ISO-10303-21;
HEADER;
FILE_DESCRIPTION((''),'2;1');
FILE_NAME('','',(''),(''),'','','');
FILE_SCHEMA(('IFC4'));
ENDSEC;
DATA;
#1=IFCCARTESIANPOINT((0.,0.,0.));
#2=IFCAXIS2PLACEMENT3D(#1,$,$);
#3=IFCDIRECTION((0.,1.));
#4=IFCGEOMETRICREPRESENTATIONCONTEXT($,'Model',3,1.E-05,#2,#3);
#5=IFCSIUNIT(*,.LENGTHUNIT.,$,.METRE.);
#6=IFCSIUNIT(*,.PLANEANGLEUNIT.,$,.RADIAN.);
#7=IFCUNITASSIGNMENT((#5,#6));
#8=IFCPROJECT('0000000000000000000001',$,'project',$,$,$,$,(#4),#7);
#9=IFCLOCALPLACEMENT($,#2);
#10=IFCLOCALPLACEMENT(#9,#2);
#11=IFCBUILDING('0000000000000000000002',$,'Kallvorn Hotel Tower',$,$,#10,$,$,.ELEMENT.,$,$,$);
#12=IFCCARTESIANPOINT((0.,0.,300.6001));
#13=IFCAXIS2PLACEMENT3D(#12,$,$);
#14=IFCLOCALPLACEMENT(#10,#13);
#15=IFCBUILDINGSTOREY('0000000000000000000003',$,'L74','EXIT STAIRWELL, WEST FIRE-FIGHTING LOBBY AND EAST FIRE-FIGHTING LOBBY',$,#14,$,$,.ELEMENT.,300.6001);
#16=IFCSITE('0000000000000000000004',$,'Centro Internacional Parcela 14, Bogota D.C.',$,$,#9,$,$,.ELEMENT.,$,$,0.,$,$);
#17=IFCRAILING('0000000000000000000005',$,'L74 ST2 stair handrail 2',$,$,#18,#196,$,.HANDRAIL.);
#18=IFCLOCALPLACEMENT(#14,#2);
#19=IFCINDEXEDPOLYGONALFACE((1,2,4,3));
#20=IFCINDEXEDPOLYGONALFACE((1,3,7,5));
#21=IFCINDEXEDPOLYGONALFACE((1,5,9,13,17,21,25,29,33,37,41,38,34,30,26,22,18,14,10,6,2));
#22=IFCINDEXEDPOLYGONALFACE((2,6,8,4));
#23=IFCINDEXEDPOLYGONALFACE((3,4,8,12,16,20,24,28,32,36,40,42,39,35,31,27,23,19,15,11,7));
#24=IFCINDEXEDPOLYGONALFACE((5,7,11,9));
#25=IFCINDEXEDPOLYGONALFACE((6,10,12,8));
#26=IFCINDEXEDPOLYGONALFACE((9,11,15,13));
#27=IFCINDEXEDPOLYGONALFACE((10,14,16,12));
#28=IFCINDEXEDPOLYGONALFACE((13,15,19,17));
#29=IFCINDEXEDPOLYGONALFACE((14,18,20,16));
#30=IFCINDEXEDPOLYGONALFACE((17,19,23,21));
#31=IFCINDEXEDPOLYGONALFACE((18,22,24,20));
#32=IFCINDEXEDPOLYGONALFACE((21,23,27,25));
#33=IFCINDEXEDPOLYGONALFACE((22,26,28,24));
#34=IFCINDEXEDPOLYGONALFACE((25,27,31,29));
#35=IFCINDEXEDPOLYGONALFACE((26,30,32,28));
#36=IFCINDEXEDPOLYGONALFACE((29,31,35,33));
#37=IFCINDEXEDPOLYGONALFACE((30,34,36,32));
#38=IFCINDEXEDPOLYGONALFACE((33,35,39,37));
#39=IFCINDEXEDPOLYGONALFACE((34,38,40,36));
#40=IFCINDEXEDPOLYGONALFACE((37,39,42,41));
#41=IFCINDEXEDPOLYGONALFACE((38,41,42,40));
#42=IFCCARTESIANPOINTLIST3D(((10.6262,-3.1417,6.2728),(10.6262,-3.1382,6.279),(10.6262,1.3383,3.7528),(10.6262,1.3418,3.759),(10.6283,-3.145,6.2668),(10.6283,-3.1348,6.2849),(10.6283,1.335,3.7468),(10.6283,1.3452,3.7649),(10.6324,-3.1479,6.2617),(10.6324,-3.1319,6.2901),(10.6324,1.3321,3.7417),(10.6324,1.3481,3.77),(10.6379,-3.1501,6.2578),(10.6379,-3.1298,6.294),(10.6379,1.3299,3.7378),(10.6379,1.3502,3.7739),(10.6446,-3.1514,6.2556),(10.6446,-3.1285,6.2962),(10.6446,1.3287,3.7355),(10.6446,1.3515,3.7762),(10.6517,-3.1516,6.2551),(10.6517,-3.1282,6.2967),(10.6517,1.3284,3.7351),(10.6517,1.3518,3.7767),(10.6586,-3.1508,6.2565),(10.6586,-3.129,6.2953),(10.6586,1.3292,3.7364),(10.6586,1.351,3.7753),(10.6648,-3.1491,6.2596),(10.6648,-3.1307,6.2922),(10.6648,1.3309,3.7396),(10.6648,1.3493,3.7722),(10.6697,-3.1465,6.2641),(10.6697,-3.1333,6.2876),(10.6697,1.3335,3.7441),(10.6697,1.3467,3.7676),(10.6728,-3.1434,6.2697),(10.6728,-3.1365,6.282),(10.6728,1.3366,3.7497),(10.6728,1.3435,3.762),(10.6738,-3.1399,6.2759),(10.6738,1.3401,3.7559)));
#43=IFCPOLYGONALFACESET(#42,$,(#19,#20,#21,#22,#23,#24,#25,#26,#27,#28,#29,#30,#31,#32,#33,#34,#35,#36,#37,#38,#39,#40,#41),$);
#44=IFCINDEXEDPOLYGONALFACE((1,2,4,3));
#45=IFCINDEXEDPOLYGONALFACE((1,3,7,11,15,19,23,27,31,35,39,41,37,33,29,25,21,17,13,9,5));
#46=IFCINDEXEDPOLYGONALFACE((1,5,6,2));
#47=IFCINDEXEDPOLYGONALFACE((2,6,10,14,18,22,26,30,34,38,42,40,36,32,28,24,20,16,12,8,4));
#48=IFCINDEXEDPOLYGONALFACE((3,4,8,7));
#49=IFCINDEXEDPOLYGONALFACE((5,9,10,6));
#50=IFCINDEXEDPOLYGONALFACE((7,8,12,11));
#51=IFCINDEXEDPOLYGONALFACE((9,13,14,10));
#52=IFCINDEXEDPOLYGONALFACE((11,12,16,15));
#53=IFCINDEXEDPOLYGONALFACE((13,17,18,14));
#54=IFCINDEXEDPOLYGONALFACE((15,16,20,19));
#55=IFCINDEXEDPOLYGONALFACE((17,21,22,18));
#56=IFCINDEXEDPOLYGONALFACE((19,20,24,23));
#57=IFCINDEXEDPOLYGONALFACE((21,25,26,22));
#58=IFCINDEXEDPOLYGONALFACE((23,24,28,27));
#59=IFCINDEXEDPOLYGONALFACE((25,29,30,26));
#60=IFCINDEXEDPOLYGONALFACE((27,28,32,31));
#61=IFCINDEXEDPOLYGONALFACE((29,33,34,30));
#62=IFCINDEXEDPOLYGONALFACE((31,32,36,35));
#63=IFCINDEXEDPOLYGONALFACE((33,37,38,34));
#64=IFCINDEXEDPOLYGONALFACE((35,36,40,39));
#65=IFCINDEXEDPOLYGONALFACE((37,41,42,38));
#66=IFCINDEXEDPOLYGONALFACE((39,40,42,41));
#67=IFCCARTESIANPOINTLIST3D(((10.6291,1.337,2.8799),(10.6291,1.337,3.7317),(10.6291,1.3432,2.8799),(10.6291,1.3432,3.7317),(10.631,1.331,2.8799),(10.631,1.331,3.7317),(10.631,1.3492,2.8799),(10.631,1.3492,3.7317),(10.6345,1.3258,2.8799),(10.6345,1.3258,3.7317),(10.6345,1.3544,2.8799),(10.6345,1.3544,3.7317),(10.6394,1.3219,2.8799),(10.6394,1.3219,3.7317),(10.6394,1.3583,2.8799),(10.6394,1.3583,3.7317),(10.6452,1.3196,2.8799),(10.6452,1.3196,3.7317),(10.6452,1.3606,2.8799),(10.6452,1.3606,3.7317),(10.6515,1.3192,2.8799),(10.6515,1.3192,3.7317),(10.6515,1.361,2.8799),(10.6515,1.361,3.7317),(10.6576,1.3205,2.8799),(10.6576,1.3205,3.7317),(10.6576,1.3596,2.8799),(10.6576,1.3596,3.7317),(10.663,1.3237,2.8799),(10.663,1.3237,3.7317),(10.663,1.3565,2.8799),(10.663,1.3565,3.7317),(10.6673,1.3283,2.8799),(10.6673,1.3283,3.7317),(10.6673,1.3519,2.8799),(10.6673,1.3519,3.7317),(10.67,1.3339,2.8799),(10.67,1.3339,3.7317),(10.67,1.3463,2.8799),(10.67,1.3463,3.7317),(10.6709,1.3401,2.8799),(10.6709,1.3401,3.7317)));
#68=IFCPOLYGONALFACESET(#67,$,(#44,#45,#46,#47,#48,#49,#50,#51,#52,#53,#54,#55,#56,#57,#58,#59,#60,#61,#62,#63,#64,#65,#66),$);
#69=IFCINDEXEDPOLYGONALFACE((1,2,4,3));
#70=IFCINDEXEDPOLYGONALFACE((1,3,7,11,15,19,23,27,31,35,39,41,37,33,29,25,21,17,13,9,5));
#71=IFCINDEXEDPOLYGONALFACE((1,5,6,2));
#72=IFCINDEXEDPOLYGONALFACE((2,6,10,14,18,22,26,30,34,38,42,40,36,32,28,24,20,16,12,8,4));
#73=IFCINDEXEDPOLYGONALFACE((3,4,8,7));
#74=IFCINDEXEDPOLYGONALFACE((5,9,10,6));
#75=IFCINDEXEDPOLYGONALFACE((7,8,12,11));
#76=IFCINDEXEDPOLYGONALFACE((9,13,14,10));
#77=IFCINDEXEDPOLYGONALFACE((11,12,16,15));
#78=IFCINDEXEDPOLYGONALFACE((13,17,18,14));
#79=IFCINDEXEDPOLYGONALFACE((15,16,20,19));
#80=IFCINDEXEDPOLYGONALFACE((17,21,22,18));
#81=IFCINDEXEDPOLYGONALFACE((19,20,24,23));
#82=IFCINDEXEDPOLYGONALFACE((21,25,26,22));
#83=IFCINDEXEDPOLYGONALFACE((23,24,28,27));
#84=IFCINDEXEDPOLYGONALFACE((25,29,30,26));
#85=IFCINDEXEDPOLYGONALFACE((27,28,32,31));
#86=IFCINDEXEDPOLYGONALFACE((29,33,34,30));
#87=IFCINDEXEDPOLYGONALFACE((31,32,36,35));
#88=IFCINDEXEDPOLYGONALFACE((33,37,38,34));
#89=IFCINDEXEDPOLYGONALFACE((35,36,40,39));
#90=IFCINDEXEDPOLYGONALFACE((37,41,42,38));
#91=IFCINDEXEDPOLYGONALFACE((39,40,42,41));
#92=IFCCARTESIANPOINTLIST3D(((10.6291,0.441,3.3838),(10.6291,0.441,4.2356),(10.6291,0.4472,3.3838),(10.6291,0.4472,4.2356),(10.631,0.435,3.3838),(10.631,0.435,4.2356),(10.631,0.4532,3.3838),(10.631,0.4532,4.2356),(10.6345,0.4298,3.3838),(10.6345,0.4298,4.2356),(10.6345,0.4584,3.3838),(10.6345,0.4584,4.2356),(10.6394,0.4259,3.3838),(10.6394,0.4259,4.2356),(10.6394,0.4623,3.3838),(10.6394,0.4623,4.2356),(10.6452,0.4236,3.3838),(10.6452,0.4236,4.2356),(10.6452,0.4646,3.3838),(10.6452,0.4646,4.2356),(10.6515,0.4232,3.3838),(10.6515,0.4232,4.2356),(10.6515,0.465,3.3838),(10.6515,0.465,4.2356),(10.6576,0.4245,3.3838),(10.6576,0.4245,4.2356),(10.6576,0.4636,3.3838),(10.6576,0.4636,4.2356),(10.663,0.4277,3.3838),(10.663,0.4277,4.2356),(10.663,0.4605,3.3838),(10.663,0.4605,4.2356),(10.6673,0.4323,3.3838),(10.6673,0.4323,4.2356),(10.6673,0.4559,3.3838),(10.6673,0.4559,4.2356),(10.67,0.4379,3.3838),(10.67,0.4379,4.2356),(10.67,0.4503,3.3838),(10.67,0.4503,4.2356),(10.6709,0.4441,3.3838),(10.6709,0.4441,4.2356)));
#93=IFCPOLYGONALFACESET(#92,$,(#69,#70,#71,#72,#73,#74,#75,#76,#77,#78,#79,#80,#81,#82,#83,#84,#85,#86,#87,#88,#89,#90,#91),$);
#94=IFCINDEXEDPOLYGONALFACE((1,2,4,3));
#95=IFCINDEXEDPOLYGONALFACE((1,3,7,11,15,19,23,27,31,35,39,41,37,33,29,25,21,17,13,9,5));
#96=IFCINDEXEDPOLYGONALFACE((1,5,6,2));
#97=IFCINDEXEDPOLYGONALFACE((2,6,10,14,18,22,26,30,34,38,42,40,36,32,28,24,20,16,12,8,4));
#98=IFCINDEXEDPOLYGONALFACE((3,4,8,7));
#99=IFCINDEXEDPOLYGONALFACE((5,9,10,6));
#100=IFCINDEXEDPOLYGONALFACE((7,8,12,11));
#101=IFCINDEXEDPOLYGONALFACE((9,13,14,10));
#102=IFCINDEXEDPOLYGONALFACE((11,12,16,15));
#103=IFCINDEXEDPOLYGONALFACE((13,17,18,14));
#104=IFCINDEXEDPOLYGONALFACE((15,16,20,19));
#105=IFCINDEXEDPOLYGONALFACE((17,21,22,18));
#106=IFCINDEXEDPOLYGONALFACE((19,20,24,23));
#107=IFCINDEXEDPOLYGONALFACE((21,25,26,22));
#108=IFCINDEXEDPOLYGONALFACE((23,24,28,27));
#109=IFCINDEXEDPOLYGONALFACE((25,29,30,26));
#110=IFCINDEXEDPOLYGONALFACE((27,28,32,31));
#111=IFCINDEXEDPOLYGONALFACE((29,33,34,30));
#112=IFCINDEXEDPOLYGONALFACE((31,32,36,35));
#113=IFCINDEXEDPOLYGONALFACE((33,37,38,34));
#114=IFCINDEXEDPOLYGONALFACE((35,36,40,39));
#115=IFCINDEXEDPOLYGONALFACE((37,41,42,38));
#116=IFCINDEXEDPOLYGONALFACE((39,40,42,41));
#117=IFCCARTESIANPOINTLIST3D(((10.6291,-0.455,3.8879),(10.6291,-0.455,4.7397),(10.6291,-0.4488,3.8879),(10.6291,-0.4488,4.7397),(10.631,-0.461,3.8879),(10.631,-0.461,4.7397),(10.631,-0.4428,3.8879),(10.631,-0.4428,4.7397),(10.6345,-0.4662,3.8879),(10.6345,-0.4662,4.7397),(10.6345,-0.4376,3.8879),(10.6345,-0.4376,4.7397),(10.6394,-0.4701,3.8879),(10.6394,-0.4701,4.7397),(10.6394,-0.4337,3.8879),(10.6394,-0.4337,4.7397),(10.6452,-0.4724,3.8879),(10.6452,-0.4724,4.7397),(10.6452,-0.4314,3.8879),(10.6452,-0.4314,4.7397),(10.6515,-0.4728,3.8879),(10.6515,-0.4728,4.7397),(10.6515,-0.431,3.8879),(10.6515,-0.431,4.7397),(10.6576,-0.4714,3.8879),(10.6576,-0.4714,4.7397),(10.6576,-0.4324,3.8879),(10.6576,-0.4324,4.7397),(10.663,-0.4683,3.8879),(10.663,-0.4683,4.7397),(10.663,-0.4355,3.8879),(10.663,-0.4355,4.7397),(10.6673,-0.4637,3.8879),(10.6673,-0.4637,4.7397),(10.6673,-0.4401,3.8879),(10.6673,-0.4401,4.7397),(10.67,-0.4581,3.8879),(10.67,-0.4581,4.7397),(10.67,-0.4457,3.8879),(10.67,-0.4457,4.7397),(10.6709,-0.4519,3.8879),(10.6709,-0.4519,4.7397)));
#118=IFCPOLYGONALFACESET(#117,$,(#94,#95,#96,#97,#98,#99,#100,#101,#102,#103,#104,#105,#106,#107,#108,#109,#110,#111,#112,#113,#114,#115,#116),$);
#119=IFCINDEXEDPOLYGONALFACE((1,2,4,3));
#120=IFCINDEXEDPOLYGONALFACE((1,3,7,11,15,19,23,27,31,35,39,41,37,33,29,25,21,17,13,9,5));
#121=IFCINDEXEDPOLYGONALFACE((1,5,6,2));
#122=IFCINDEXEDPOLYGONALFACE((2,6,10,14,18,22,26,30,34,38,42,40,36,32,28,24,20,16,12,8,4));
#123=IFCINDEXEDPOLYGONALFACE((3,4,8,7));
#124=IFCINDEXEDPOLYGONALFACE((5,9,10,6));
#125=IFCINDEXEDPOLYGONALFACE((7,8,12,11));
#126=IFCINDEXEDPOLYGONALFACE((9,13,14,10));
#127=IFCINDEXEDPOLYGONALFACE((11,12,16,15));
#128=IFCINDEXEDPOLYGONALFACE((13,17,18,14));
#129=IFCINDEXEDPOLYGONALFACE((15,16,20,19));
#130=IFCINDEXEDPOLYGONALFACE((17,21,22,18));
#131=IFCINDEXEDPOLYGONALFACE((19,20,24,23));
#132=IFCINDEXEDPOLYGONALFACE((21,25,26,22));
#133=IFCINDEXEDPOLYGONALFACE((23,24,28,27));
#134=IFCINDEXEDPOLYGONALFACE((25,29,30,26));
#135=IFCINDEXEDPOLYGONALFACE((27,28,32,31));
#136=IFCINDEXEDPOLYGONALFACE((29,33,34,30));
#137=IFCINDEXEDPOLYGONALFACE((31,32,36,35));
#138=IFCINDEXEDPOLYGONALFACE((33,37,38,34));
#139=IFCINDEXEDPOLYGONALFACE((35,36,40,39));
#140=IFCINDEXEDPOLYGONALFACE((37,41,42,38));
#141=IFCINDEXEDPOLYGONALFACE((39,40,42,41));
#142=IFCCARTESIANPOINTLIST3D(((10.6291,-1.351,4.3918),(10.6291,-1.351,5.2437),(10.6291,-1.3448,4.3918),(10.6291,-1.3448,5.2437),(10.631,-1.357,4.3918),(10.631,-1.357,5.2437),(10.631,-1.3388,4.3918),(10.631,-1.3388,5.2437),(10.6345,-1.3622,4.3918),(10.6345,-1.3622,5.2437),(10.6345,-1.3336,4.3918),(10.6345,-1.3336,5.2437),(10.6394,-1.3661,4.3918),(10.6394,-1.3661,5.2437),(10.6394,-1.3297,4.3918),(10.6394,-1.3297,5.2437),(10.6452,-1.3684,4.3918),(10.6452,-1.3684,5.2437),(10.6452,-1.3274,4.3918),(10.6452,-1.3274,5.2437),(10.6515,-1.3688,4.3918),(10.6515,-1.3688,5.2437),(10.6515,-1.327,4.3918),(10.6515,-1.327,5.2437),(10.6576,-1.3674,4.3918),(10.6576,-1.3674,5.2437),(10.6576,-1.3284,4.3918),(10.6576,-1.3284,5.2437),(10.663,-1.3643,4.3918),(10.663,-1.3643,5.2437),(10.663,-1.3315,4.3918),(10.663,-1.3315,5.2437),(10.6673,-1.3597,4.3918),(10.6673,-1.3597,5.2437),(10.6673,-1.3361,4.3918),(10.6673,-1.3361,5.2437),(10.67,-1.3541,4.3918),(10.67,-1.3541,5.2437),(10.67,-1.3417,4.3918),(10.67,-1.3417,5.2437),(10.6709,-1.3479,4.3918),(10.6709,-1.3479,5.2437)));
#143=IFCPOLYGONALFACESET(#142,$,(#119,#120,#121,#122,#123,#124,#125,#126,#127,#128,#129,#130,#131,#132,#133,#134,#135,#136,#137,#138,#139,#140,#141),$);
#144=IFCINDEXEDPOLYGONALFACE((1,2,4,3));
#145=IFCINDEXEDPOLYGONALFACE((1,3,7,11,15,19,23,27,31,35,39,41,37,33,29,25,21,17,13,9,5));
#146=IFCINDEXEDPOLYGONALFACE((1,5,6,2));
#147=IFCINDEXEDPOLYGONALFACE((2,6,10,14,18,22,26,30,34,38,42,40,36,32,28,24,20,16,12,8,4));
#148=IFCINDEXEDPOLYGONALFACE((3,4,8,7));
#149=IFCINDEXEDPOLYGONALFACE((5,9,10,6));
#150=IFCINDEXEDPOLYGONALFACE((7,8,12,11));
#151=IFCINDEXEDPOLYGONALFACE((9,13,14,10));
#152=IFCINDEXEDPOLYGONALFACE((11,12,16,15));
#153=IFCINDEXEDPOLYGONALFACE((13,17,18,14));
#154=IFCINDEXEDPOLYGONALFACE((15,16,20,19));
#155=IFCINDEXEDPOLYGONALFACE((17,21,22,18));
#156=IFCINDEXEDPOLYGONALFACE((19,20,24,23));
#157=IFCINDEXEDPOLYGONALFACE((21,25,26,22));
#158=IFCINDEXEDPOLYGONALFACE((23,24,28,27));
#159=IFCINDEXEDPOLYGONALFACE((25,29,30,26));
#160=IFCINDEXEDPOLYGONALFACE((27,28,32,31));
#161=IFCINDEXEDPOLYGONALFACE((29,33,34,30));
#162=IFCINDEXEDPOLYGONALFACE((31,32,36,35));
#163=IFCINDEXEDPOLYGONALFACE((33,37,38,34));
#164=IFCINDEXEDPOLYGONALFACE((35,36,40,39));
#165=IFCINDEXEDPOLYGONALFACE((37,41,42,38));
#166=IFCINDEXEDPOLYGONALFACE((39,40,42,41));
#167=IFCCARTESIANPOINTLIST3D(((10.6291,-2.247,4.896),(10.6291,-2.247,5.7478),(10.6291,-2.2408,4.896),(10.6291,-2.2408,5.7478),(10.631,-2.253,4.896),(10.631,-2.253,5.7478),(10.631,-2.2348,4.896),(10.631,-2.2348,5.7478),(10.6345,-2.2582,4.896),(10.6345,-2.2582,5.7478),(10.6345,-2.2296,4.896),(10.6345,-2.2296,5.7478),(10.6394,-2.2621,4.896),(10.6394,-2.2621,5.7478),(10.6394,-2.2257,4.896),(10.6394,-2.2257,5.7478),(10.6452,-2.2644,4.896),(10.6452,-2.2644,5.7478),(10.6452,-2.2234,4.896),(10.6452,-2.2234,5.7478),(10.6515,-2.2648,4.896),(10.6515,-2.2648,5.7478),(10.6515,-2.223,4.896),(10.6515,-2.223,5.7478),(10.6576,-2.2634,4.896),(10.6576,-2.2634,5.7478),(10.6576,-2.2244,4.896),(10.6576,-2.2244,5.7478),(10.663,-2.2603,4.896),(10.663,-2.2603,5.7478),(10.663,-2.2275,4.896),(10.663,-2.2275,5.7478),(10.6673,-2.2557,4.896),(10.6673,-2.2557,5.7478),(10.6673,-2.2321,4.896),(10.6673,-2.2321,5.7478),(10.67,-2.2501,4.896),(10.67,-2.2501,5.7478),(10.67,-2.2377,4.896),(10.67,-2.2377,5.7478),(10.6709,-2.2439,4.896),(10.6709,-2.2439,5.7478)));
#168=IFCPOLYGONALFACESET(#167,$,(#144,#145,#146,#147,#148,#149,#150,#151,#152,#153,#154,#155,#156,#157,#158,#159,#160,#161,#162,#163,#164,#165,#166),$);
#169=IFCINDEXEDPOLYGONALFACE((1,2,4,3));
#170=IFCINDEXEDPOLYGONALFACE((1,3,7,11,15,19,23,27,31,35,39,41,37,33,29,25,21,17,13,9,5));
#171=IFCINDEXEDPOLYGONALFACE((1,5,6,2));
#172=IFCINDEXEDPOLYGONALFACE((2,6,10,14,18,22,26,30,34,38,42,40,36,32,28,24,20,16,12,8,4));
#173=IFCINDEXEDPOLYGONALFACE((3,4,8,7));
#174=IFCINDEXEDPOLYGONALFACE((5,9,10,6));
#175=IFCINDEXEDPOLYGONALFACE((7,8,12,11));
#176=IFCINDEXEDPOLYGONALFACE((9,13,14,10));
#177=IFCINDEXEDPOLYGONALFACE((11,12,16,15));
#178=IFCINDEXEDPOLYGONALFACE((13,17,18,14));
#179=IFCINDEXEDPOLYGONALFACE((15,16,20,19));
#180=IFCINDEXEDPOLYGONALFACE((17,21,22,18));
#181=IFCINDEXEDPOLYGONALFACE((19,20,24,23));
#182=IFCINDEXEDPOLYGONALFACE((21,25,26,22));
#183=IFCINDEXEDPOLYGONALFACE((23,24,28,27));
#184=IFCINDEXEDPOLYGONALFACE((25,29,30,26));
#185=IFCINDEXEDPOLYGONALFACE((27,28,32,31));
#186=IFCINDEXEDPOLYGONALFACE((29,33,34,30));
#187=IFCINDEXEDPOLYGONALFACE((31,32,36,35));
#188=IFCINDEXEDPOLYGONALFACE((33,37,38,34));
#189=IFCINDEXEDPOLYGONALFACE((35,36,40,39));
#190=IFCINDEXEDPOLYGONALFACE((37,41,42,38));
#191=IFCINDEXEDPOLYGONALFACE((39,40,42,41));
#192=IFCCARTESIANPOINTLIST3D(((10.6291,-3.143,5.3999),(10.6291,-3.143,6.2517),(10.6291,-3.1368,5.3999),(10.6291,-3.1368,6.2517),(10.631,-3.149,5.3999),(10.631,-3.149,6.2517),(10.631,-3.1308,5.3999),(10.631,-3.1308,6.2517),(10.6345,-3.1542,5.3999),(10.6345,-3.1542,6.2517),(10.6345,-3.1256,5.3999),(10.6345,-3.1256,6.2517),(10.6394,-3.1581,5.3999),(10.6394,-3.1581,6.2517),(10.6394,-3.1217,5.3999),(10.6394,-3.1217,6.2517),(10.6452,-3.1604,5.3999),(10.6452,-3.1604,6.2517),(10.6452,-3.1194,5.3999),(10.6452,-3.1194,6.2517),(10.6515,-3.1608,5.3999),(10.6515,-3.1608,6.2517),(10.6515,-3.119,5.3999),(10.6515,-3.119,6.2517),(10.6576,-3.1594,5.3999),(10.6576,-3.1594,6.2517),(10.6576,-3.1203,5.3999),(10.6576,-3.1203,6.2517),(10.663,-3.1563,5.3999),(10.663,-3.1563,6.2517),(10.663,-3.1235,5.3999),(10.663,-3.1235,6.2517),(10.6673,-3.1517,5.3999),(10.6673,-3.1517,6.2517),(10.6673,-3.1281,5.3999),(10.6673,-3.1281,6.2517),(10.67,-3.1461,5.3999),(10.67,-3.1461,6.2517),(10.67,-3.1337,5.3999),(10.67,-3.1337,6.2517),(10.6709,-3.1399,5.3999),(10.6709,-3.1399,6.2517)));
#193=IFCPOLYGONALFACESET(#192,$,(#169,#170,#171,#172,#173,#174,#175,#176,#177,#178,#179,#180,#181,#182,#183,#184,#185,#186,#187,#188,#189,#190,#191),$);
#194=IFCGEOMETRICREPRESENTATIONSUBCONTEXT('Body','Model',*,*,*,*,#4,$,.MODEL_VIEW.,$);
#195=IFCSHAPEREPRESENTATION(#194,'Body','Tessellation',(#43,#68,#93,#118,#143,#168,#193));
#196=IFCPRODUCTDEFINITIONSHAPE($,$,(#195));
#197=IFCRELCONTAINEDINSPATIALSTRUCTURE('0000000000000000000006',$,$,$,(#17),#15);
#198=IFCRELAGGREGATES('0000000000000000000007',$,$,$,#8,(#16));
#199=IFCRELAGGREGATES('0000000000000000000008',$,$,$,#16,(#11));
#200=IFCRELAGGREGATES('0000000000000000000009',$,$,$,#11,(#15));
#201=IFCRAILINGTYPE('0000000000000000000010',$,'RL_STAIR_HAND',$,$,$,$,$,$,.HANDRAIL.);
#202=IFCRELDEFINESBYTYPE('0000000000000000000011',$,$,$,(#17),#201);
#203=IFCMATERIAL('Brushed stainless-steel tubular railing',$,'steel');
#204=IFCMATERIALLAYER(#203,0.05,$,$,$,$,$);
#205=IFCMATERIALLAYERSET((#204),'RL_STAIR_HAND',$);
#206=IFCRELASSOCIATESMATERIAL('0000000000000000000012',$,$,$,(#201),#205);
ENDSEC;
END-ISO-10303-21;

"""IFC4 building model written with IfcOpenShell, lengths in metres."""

from ifc_helpers import new_model, si_unit, direction, frame, origin, origin_2d, place, context, subcontext, project, spatial, circle, extrude, material, layer, layer_set, type_object, element, save


model = new_model("IFC4")

# Units and contexts
model_context = context("Model", 3, precision=1e-05, world=origin(), true_north=direction((0.0, 1.0)))
body_context = subcontext(model_context, "Body", "Model", "MODEL_VIEW")
ifc_project = project(units=[si_unit("LENGTHUNIT", "METRE"), si_unit("PLANEANGLEUNIT", "RADIAN")], contexts=[model_context])

# Site, building, storey
site_placement = place(None, origin())
site = spatial("IfcSite", under=ifc_project, at=site_placement, Name="Centro Internacional Parcela 14, Bogota D.C.", CompositionType="ELEMENT", RefElevation=0.0)
building_placement = place(site_placement, origin())
building = spatial("IfcBuilding", under=site, at=building_placement, Name="Kallvorn Hotel Tower", CompositionType="ELEMENT")
storey_placement = place(building_placement, frame((0.0, 0.0, 300.6001)))
storey = spatial("IfcBuildingStorey", under=building, at=storey_placement, Name="L74", Description="EXIT STAIRWELL, WEST FIRE-FIGHTING LOBBY AND EAST FIRE-FIGHTING LOBBY", CompositionType="ELEMENT", Elevation=300.6001)

# Railing
ifc_material_1 = material(Name="Brushed stainless-steel tubular railing", Category="steel")
ifc_layer_1 = layer(ifc_material_1, 0.05)
ifc_layer_set_1 = layer_set([ifc_layer_1], Name="RL_STAIR_HAND")
railing_type_1 = type_object("IfcRailingType", Name="RL_STAIR_HAND", PredefinedType="HANDRAIL", material=ifc_layer_set_1)
railing_1_placement = place(storey_placement, frame((10.6499, 1.3401, 2.8799)))
element("IfcRailing", 1, at=railing_1_placement, inside=storey, type_object=railing_type_1, Name="L74 ST2 stair handrail 2", PredefinedType="HANDRAIL", context=body_context, shape_type="SweptSolid", body=[
    extrude(circle(Radius=0.0239, at=origin_2d()), frame((0.0, 0.0, 0.876), z_axis=(0.0, -0.871573, 0.490266), x_axis=(1.0, 0.0, 0.0)), (0.0, 0.0, 1.0), 5.1401),
    extrude(circle(Radius=0.021, at=origin_2d()), origin(), (0.0, 0.0, 1.0), 0.8518),
    extrude(circle(Radius=0.021, at=origin_2d()), frame((0.0, -0.896, 0.5039)), (0.0, 0.0, 1.0), 0.8518),
    extrude(circle(Radius=0.021, at=origin_2d()), frame((0.0, -1.792, 1.0081)), (0.0, 0.0, 1.0), 0.8518),
    extrude(circle(Radius=0.021, at=origin_2d()), frame((0.0, -2.688, 1.512)), (0.0, 0.0, 1.0), 0.8518),
    extrude(circle(Radius=0.021, at=origin_2d()), frame((0.0, -3.584, 2.0161)), (0.0, 0.0, 1.0), 0.8518),
    extrude(circle(Radius=0.021, at=origin_2d()), frame((0.0, -4.48, 2.52)), (0.0, 0.0, 1.0), 0.8518),
])

save(model, "model.ifc")
